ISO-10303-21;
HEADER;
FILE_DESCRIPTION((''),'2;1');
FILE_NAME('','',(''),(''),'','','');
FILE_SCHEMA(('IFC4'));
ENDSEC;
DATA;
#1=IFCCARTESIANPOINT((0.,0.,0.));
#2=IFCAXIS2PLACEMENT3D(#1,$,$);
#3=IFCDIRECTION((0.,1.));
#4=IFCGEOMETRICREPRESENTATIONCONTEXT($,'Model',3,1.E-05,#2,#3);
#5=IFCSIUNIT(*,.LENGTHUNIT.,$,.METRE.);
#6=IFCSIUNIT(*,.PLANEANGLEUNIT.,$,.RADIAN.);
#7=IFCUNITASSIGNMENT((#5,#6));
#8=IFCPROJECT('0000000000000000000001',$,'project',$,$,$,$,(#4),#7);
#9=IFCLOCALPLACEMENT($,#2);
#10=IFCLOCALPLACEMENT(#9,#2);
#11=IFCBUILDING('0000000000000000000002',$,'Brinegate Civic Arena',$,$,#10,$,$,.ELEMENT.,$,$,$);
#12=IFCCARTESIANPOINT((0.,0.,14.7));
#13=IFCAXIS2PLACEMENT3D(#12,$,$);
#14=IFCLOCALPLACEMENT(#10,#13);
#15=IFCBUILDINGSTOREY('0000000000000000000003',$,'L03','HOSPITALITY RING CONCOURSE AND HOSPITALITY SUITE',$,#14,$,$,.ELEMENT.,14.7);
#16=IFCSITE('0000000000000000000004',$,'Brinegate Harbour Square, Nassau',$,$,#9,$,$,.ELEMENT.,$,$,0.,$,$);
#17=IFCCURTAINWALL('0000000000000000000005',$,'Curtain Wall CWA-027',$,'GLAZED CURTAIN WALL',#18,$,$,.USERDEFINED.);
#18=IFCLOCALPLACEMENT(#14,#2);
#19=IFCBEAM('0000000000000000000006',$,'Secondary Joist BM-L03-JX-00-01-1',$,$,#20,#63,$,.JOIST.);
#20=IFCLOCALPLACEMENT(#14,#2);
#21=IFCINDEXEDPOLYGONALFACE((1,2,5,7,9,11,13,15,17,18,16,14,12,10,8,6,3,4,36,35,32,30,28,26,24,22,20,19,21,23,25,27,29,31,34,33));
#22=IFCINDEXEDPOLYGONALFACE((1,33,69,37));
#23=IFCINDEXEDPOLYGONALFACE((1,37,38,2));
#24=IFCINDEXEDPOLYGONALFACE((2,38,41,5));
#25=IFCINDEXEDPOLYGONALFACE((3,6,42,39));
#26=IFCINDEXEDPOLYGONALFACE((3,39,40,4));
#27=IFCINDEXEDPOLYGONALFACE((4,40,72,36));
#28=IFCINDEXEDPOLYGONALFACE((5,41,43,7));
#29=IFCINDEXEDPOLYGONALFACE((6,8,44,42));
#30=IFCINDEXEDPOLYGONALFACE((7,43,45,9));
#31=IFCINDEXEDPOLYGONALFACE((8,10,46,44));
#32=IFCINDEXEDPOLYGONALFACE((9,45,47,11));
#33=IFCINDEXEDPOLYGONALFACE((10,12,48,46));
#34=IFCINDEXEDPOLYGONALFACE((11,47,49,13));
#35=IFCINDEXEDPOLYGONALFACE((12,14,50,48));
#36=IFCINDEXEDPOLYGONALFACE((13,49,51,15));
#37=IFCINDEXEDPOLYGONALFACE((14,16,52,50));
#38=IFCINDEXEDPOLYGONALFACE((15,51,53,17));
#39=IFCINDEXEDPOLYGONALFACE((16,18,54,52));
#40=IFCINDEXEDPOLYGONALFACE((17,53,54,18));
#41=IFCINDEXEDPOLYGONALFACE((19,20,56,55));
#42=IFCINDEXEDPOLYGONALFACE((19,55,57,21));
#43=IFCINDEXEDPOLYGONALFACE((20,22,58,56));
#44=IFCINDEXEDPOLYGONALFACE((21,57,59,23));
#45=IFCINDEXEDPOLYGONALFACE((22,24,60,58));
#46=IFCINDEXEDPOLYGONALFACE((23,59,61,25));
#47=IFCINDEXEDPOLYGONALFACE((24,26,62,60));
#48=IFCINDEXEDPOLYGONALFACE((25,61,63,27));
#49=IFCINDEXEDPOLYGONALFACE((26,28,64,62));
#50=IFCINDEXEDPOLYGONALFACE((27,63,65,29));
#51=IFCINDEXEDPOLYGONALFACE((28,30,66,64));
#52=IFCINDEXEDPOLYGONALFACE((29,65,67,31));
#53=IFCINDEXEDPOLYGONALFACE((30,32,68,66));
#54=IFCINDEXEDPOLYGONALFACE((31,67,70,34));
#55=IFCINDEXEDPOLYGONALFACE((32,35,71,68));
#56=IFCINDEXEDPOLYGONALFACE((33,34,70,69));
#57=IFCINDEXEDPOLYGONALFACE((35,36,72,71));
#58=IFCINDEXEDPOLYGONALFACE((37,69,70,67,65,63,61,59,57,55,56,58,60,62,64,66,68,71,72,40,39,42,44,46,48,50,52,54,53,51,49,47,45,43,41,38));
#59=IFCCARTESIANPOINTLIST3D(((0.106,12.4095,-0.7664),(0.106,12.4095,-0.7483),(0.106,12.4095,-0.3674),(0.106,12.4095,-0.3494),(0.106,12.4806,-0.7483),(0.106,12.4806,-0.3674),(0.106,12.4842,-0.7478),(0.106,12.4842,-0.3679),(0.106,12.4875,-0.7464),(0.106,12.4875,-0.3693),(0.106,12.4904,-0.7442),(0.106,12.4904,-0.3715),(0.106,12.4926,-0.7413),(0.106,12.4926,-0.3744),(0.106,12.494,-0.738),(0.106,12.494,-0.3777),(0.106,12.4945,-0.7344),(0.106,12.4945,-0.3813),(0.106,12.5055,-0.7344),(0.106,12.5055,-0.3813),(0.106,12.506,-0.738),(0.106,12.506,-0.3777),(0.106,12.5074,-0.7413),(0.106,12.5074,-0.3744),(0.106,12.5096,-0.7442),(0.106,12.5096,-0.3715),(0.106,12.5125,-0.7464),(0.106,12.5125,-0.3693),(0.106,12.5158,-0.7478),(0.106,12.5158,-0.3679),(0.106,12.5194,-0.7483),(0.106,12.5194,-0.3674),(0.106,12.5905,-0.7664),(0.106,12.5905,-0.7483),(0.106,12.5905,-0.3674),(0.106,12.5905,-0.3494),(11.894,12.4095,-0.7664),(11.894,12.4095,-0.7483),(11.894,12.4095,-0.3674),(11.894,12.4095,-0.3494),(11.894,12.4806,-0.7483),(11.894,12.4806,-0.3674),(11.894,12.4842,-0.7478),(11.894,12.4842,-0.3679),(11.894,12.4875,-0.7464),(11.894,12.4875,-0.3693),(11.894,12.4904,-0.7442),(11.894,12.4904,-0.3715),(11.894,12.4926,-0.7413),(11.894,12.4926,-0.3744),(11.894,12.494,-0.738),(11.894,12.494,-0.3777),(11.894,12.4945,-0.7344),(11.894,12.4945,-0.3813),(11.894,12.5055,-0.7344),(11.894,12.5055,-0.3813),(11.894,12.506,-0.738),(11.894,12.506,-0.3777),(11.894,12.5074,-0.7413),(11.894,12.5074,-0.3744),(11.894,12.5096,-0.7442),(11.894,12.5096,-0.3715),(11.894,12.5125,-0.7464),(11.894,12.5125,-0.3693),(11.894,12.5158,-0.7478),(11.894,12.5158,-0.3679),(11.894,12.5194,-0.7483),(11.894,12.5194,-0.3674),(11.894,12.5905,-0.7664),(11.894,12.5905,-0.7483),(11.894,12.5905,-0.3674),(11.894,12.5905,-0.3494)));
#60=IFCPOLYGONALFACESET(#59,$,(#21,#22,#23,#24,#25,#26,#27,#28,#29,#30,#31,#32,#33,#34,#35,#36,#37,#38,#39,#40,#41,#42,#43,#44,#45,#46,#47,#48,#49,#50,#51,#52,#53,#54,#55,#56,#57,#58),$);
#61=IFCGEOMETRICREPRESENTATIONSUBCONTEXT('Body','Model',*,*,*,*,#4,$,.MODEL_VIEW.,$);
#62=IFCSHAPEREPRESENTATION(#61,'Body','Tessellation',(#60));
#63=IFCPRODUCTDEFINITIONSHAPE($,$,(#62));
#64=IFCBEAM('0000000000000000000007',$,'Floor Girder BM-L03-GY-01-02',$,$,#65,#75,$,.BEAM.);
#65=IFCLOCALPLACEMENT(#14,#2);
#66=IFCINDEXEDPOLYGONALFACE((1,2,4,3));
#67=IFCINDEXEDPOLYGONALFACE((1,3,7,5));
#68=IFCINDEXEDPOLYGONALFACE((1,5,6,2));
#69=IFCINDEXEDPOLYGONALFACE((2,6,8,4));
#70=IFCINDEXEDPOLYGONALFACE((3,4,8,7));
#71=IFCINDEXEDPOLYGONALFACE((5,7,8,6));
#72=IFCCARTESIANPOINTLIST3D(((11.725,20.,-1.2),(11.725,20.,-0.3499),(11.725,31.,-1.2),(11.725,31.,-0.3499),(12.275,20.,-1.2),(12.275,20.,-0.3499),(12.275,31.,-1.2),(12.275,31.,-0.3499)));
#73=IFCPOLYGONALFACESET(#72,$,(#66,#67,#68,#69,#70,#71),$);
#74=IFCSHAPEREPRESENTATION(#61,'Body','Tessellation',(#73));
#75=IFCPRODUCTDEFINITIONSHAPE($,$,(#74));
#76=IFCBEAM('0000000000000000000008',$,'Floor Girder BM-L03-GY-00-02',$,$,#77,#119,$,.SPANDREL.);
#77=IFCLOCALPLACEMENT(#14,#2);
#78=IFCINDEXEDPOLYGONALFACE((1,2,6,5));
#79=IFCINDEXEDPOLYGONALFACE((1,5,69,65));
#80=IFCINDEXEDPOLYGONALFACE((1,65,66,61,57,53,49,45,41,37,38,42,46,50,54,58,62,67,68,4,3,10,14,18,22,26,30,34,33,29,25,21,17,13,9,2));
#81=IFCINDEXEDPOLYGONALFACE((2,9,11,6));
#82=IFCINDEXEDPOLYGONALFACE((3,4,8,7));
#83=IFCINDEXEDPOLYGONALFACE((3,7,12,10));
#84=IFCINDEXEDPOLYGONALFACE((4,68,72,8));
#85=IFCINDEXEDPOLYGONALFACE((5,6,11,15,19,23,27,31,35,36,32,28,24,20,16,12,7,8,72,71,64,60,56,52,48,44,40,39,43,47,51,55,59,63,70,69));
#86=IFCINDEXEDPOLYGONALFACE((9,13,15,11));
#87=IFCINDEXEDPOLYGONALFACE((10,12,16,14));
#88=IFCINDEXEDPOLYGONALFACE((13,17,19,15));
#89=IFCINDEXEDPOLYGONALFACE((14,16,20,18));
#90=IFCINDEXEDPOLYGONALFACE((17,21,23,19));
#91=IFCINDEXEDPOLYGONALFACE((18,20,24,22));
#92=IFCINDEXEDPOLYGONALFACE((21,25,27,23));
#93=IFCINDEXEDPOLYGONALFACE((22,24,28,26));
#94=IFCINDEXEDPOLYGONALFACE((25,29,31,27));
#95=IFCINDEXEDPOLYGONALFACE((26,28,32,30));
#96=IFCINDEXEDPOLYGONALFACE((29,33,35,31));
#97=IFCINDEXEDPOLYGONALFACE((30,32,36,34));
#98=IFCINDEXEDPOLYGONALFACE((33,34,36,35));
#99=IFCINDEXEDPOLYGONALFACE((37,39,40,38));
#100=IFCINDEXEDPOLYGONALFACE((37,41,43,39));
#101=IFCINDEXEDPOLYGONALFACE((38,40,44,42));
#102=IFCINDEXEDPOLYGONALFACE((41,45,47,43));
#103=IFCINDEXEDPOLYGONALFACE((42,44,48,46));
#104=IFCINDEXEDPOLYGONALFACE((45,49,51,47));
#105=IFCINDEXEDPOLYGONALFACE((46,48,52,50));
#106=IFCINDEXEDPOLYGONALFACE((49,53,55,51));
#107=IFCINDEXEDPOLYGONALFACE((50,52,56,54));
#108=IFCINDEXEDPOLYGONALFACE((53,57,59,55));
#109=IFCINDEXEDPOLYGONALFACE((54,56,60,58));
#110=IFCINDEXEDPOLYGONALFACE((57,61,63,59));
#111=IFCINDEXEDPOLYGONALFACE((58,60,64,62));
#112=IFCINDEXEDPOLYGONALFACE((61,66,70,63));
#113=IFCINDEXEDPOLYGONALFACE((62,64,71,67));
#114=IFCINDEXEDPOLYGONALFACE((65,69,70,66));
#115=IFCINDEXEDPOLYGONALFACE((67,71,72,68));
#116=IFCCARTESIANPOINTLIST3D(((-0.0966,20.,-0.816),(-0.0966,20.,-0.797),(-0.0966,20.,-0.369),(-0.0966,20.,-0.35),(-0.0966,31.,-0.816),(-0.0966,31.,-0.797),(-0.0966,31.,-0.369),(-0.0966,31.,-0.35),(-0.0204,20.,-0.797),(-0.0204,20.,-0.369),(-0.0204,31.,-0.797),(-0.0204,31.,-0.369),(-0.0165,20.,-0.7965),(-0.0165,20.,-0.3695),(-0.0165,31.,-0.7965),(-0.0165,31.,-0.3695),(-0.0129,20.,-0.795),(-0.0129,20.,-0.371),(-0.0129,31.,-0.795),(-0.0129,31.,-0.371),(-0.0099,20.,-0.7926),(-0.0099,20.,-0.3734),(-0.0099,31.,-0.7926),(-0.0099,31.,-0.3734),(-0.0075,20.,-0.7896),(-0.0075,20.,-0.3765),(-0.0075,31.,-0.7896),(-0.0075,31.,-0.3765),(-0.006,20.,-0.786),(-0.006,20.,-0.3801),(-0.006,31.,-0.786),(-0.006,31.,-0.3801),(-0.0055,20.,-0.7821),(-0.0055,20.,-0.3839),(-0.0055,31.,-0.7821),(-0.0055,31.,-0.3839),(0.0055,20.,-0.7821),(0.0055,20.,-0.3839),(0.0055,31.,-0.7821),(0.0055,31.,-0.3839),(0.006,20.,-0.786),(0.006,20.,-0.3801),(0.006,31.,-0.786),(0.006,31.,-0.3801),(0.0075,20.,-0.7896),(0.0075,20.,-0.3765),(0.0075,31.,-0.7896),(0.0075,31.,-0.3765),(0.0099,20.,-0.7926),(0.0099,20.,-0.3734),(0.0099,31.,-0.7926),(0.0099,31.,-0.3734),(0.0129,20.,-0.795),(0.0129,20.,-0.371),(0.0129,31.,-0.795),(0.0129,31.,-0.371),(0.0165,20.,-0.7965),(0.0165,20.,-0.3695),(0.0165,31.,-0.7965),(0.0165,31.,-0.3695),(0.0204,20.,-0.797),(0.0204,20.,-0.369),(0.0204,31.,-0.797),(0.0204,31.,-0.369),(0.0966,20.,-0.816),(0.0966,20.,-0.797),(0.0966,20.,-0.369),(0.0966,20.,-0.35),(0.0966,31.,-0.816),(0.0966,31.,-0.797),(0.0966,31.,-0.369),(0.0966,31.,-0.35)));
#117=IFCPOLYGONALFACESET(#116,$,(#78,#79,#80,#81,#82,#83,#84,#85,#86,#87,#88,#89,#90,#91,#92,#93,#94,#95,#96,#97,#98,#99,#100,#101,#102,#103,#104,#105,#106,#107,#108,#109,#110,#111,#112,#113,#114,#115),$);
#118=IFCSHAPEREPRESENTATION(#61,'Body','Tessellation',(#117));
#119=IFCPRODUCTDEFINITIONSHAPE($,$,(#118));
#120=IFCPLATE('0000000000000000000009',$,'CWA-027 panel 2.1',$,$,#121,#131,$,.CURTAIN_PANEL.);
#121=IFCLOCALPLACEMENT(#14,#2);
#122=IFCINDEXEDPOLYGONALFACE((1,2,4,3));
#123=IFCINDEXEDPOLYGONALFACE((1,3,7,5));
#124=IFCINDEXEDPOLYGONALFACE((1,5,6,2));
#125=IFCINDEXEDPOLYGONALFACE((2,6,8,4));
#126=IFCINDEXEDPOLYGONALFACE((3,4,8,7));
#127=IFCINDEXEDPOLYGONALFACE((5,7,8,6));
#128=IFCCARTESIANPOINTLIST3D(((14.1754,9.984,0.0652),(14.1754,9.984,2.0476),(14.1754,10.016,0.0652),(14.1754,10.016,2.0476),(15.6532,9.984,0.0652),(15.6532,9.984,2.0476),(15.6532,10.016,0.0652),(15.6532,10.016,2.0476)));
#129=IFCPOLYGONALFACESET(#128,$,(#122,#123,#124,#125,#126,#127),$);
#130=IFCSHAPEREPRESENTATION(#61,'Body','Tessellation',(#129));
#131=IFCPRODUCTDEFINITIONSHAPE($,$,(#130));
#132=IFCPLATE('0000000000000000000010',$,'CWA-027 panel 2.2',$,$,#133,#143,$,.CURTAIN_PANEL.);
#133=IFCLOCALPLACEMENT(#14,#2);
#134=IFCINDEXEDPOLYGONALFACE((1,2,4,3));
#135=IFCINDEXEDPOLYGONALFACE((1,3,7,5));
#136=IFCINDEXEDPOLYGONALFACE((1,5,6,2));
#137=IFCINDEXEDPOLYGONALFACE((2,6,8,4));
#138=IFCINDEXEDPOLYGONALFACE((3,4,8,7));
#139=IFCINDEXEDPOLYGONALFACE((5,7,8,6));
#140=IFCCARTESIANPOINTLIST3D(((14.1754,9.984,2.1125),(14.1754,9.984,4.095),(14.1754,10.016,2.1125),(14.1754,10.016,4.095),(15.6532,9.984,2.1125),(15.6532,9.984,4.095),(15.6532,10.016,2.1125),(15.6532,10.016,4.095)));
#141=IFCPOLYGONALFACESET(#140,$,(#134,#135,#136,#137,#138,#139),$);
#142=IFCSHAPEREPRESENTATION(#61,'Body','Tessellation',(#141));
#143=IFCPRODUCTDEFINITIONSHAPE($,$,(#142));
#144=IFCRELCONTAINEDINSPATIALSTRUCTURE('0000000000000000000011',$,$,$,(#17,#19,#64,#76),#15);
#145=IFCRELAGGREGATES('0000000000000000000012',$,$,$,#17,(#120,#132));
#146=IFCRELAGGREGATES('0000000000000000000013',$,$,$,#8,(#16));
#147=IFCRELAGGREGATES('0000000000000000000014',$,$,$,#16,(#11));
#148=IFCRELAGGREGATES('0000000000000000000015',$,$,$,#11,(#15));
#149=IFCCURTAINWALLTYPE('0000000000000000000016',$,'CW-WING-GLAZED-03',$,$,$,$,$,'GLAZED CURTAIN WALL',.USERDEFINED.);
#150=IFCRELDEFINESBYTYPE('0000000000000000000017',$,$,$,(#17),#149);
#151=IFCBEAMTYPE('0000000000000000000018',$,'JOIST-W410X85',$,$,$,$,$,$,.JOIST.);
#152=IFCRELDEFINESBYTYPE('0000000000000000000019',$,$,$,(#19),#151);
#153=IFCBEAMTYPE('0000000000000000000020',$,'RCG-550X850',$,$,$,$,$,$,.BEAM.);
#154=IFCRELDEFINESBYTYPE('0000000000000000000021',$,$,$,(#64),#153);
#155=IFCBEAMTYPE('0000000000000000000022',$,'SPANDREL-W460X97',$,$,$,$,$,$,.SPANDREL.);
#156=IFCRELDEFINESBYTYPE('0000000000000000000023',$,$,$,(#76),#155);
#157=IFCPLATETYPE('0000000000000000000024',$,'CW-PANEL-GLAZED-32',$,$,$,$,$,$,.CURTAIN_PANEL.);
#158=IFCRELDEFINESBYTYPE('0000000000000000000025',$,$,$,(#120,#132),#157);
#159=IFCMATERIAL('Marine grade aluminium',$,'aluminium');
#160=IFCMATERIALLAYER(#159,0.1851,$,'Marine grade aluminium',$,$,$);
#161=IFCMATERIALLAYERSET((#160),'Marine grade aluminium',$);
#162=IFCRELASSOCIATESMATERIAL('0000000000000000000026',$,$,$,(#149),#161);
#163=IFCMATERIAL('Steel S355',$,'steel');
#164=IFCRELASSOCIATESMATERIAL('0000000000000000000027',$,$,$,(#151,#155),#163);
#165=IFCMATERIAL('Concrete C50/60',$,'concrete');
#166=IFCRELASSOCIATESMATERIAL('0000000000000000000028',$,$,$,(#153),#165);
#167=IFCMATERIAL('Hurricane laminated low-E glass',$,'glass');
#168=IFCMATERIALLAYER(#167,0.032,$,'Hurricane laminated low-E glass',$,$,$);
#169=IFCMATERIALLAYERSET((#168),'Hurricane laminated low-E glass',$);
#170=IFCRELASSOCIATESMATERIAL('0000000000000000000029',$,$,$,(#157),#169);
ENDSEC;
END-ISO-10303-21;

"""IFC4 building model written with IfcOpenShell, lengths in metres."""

from ifc_helpers import new_model, si_unit, direction, frame, origin, origin_2d, place, context, subcontext, project, spatial, rectangle, i_section, extrude, material, layer, layer_set, material_profile, profile_set, type_object, element, aggregate, save


model = new_model("IFC4")

# Units and contexts
model_context = context("Model", 3, precision=1e-05, world=origin(), true_north=direction((0.0, 1.0)))
body_context = subcontext(model_context, "Body", "Model", "MODEL_VIEW")
ifc_project = project(units=[si_unit("LENGTHUNIT", "METRE"), si_unit("PLANEANGLEUNIT", "RADIAN")], contexts=[model_context])

# Site, building, storey
site_placement = place(None, origin())
site = spatial("IfcSite", under=ifc_project, at=site_placement, Name="Brinegate Harbour Square, Nassau", CompositionType="ELEMENT", RefElevation=0.0)
building_placement = place(site_placement, origin())
building = spatial("IfcBuilding", under=site, at=building_placement, Name="Brinegate Civic Arena", CompositionType="ELEMENT")
storey_placement = place(building_placement, frame((0.0, 0.0, 14.7)))
storey = spatial("IfcBuildingStorey", under=building, at=storey_placement, Name="L03", Description="HOSPITALITY RING CONCOURSE AND HOSPITALITY SUITE", CompositionType="ELEMENT", Elevation=14.7)

# Curtain wall
ifc_material_1 = material(Name="Marine grade aluminium", Category="aluminium")
ifc_layer_1 = layer(ifc_material_1, 0.1851, Name="Marine grade aluminium")
ifc_layer_set_1 = layer_set([ifc_layer_1], Name="Marine grade aluminium")
curtain_wall_type = type_object("IfcCurtainWallType", Name="CW-WING-GLAZED-03", ElementType="GLAZED CURTAIN WALL", PredefinedType="USERDEFINED", material=ifc_layer_set_1)
curtain_wall_placement = place(storey_placement, origin())
curtain_wall = element("IfcCurtainWall", 1, at=curtain_wall_placement, inside=storey, type_object=curtain_wall_type, Name="Curtain Wall CWA-027", ObjectType="GLAZED CURTAIN WALL", PredefinedType="USERDEFINED")

# Beams
ifc_material_2 = material(Name="Steel S355", Category="steel")
ifc_material_profile_1 = material_profile(ifc_material_2, i_section(OverallWidth=0.1809, OverallDepth=0.417, WebThickness=0.011, FlangeThickness=0.0181, FilletRadius=0.0139, at=origin_2d()), Name="W410X85")
ifc_profile_set_1 = profile_set([ifc_material_profile_1], Name="Steel S355")
beam_type_1 = type_object("IfcBeamType", Name="JOIST-W410X85", PredefinedType="JOIST", material=ifc_profile_set_1)
beam_1_placement = place(storey_placement, frame((0.106, 12.5, -0.5579), z_axis=(1.0, 0.0, 0.0), x_axis=(0.0, 1.0, 0.0)))
element("IfcBeam", 2, at=beam_1_placement, inside=storey, type_object=beam_type_1, Name="Secondary Joist BM-L03-JX-00-01-1", PredefinedType="JOIST", context=body_context, shape_type="SweptSolid", body=[
    extrude(i_section(OverallWidth=0.1809, OverallDepth=0.417, WebThickness=0.011, FlangeThickness=0.0181, FilletRadius=0.0139, at=origin_2d()), origin(), (0.0, 0.0, 1.0), 11.7881),
])
ifc_material_3 = material(Name="Concrete C50/60", Category="concrete")
ifc_material_profile_2 = material_profile(ifc_material_3, rectangle(XDim=0.55, YDim=0.8501, at=origin_2d()), Name="RCB550X850")
ifc_profile_set_2 = profile_set([ifc_material_profile_2], Name="Concrete C50/60")
beam_type_2 = type_object("IfcBeamType", Name="RCG-550X850", PredefinedType="BEAM", material=ifc_profile_set_2)
beam_2_placement = place(storey_placement, frame((12.0, 20.0, -0.7749), z_axis=(0.0, 1.0, 0.0), x_axis=(-1.0, 0.0, 0.0)))
element("IfcBeam", 3, at=beam_2_placement, inside=storey, type_object=beam_type_2, Name="Floor Girder BM-L03-GY-01-02", PredefinedType="BEAM", context=body_context, shape_type="SweptSolid", body=[
    extrude(rectangle(XDim=0.55, YDim=0.8501, at=origin_2d()), origin(), (0.0, 0.0, 1.0), 11.0),
])
ifc_material_profile_3 = material_profile(ifc_material_2, i_section(OverallWidth=0.1931, OverallDepth=0.4661, WebThickness=0.011, FlangeThickness=0.019, FilletRadius=0.0149, at=origin_2d()), Name="W460X97")
ifc_profile_set_3 = profile_set([ifc_material_profile_3], Name="Steel S355")
beam_type_3 = type_object("IfcBeamType", Name="SPANDREL-W460X97", PredefinedType="SPANDREL", material=ifc_profile_set_3)
beam_3_placement = place(storey_placement, frame((0.0, 20.0, -0.583), z_axis=(0.0, 1.0, 0.0), x_axis=(-1.0, 0.0, 0.0)))
element("IfcBeam", 4, at=beam_3_placement, inside=storey, type_object=beam_type_3, Name="Floor Girder BM-L03-GY-00-02", PredefinedType="SPANDREL", context=body_context, shape_type="SweptSolid", body=[
    extrude(i_section(OverallWidth=0.1931, OverallDepth=0.4661, WebThickness=0.011, FlangeThickness=0.019, FilletRadius=0.0149, at=origin_2d()), origin(), (0.0, 0.0, 1.0), 11.0),
])

# Plates
ifc_material_4 = material(Name="Hurricane laminated low-E glass", Category="glass")
ifc_layer_2 = layer(ifc_material_4, 0.032, Name="Hurricane laminated low-E glass")
ifc_layer_set_2 = layer_set([ifc_layer_2], Name="Hurricane laminated low-E glass")
plate_type = type_object("IfcPlateType", Name="CW-PANEL-GLAZED-32", PredefinedType="CURTAIN_PANEL", material=ifc_layer_set_2)
plate_1_placement = place(storey_placement, frame((14.9143, 10.0, 0.0652), z_axis=(0.0, 0.0, 1.0), x_axis=(1.0, 0.0, 0.0)))
plate_1 = element("IfcPlate", 5, at=plate_1_placement, type_object=plate_type, Name="CWA-027 panel 2.1", PredefinedType="CURTAIN_PANEL", context=body_context, shape_type="SweptSolid", body=[
    extrude(rectangle(XDim=1.4778, YDim=0.032, at=origin_2d()), origin(), (0.0, 0.0, 1.0), 1.9824),
])
plate_2_placement = place(storey_placement, frame((14.9143, 10.0, 2.1125), z_axis=(0.0, 0.0, 1.0), x_axis=(1.0, 0.0, 0.0)))
plate_2 = element("IfcPlate", 6, at=plate_2_placement, type_object=plate_type, Name="CWA-027 panel 2.2", PredefinedType="CURTAIN_PANEL", context=body_context, shape_type="SweptSolid", body=[
    extrude(rectangle(XDim=1.4778, YDim=0.032, at=origin_2d()), origin(), (0.0, 0.0, 1.0), 1.9824),
])
aggregate(curtain_wall, [plate_1, plate_2])

save(model, "model.ifc")
